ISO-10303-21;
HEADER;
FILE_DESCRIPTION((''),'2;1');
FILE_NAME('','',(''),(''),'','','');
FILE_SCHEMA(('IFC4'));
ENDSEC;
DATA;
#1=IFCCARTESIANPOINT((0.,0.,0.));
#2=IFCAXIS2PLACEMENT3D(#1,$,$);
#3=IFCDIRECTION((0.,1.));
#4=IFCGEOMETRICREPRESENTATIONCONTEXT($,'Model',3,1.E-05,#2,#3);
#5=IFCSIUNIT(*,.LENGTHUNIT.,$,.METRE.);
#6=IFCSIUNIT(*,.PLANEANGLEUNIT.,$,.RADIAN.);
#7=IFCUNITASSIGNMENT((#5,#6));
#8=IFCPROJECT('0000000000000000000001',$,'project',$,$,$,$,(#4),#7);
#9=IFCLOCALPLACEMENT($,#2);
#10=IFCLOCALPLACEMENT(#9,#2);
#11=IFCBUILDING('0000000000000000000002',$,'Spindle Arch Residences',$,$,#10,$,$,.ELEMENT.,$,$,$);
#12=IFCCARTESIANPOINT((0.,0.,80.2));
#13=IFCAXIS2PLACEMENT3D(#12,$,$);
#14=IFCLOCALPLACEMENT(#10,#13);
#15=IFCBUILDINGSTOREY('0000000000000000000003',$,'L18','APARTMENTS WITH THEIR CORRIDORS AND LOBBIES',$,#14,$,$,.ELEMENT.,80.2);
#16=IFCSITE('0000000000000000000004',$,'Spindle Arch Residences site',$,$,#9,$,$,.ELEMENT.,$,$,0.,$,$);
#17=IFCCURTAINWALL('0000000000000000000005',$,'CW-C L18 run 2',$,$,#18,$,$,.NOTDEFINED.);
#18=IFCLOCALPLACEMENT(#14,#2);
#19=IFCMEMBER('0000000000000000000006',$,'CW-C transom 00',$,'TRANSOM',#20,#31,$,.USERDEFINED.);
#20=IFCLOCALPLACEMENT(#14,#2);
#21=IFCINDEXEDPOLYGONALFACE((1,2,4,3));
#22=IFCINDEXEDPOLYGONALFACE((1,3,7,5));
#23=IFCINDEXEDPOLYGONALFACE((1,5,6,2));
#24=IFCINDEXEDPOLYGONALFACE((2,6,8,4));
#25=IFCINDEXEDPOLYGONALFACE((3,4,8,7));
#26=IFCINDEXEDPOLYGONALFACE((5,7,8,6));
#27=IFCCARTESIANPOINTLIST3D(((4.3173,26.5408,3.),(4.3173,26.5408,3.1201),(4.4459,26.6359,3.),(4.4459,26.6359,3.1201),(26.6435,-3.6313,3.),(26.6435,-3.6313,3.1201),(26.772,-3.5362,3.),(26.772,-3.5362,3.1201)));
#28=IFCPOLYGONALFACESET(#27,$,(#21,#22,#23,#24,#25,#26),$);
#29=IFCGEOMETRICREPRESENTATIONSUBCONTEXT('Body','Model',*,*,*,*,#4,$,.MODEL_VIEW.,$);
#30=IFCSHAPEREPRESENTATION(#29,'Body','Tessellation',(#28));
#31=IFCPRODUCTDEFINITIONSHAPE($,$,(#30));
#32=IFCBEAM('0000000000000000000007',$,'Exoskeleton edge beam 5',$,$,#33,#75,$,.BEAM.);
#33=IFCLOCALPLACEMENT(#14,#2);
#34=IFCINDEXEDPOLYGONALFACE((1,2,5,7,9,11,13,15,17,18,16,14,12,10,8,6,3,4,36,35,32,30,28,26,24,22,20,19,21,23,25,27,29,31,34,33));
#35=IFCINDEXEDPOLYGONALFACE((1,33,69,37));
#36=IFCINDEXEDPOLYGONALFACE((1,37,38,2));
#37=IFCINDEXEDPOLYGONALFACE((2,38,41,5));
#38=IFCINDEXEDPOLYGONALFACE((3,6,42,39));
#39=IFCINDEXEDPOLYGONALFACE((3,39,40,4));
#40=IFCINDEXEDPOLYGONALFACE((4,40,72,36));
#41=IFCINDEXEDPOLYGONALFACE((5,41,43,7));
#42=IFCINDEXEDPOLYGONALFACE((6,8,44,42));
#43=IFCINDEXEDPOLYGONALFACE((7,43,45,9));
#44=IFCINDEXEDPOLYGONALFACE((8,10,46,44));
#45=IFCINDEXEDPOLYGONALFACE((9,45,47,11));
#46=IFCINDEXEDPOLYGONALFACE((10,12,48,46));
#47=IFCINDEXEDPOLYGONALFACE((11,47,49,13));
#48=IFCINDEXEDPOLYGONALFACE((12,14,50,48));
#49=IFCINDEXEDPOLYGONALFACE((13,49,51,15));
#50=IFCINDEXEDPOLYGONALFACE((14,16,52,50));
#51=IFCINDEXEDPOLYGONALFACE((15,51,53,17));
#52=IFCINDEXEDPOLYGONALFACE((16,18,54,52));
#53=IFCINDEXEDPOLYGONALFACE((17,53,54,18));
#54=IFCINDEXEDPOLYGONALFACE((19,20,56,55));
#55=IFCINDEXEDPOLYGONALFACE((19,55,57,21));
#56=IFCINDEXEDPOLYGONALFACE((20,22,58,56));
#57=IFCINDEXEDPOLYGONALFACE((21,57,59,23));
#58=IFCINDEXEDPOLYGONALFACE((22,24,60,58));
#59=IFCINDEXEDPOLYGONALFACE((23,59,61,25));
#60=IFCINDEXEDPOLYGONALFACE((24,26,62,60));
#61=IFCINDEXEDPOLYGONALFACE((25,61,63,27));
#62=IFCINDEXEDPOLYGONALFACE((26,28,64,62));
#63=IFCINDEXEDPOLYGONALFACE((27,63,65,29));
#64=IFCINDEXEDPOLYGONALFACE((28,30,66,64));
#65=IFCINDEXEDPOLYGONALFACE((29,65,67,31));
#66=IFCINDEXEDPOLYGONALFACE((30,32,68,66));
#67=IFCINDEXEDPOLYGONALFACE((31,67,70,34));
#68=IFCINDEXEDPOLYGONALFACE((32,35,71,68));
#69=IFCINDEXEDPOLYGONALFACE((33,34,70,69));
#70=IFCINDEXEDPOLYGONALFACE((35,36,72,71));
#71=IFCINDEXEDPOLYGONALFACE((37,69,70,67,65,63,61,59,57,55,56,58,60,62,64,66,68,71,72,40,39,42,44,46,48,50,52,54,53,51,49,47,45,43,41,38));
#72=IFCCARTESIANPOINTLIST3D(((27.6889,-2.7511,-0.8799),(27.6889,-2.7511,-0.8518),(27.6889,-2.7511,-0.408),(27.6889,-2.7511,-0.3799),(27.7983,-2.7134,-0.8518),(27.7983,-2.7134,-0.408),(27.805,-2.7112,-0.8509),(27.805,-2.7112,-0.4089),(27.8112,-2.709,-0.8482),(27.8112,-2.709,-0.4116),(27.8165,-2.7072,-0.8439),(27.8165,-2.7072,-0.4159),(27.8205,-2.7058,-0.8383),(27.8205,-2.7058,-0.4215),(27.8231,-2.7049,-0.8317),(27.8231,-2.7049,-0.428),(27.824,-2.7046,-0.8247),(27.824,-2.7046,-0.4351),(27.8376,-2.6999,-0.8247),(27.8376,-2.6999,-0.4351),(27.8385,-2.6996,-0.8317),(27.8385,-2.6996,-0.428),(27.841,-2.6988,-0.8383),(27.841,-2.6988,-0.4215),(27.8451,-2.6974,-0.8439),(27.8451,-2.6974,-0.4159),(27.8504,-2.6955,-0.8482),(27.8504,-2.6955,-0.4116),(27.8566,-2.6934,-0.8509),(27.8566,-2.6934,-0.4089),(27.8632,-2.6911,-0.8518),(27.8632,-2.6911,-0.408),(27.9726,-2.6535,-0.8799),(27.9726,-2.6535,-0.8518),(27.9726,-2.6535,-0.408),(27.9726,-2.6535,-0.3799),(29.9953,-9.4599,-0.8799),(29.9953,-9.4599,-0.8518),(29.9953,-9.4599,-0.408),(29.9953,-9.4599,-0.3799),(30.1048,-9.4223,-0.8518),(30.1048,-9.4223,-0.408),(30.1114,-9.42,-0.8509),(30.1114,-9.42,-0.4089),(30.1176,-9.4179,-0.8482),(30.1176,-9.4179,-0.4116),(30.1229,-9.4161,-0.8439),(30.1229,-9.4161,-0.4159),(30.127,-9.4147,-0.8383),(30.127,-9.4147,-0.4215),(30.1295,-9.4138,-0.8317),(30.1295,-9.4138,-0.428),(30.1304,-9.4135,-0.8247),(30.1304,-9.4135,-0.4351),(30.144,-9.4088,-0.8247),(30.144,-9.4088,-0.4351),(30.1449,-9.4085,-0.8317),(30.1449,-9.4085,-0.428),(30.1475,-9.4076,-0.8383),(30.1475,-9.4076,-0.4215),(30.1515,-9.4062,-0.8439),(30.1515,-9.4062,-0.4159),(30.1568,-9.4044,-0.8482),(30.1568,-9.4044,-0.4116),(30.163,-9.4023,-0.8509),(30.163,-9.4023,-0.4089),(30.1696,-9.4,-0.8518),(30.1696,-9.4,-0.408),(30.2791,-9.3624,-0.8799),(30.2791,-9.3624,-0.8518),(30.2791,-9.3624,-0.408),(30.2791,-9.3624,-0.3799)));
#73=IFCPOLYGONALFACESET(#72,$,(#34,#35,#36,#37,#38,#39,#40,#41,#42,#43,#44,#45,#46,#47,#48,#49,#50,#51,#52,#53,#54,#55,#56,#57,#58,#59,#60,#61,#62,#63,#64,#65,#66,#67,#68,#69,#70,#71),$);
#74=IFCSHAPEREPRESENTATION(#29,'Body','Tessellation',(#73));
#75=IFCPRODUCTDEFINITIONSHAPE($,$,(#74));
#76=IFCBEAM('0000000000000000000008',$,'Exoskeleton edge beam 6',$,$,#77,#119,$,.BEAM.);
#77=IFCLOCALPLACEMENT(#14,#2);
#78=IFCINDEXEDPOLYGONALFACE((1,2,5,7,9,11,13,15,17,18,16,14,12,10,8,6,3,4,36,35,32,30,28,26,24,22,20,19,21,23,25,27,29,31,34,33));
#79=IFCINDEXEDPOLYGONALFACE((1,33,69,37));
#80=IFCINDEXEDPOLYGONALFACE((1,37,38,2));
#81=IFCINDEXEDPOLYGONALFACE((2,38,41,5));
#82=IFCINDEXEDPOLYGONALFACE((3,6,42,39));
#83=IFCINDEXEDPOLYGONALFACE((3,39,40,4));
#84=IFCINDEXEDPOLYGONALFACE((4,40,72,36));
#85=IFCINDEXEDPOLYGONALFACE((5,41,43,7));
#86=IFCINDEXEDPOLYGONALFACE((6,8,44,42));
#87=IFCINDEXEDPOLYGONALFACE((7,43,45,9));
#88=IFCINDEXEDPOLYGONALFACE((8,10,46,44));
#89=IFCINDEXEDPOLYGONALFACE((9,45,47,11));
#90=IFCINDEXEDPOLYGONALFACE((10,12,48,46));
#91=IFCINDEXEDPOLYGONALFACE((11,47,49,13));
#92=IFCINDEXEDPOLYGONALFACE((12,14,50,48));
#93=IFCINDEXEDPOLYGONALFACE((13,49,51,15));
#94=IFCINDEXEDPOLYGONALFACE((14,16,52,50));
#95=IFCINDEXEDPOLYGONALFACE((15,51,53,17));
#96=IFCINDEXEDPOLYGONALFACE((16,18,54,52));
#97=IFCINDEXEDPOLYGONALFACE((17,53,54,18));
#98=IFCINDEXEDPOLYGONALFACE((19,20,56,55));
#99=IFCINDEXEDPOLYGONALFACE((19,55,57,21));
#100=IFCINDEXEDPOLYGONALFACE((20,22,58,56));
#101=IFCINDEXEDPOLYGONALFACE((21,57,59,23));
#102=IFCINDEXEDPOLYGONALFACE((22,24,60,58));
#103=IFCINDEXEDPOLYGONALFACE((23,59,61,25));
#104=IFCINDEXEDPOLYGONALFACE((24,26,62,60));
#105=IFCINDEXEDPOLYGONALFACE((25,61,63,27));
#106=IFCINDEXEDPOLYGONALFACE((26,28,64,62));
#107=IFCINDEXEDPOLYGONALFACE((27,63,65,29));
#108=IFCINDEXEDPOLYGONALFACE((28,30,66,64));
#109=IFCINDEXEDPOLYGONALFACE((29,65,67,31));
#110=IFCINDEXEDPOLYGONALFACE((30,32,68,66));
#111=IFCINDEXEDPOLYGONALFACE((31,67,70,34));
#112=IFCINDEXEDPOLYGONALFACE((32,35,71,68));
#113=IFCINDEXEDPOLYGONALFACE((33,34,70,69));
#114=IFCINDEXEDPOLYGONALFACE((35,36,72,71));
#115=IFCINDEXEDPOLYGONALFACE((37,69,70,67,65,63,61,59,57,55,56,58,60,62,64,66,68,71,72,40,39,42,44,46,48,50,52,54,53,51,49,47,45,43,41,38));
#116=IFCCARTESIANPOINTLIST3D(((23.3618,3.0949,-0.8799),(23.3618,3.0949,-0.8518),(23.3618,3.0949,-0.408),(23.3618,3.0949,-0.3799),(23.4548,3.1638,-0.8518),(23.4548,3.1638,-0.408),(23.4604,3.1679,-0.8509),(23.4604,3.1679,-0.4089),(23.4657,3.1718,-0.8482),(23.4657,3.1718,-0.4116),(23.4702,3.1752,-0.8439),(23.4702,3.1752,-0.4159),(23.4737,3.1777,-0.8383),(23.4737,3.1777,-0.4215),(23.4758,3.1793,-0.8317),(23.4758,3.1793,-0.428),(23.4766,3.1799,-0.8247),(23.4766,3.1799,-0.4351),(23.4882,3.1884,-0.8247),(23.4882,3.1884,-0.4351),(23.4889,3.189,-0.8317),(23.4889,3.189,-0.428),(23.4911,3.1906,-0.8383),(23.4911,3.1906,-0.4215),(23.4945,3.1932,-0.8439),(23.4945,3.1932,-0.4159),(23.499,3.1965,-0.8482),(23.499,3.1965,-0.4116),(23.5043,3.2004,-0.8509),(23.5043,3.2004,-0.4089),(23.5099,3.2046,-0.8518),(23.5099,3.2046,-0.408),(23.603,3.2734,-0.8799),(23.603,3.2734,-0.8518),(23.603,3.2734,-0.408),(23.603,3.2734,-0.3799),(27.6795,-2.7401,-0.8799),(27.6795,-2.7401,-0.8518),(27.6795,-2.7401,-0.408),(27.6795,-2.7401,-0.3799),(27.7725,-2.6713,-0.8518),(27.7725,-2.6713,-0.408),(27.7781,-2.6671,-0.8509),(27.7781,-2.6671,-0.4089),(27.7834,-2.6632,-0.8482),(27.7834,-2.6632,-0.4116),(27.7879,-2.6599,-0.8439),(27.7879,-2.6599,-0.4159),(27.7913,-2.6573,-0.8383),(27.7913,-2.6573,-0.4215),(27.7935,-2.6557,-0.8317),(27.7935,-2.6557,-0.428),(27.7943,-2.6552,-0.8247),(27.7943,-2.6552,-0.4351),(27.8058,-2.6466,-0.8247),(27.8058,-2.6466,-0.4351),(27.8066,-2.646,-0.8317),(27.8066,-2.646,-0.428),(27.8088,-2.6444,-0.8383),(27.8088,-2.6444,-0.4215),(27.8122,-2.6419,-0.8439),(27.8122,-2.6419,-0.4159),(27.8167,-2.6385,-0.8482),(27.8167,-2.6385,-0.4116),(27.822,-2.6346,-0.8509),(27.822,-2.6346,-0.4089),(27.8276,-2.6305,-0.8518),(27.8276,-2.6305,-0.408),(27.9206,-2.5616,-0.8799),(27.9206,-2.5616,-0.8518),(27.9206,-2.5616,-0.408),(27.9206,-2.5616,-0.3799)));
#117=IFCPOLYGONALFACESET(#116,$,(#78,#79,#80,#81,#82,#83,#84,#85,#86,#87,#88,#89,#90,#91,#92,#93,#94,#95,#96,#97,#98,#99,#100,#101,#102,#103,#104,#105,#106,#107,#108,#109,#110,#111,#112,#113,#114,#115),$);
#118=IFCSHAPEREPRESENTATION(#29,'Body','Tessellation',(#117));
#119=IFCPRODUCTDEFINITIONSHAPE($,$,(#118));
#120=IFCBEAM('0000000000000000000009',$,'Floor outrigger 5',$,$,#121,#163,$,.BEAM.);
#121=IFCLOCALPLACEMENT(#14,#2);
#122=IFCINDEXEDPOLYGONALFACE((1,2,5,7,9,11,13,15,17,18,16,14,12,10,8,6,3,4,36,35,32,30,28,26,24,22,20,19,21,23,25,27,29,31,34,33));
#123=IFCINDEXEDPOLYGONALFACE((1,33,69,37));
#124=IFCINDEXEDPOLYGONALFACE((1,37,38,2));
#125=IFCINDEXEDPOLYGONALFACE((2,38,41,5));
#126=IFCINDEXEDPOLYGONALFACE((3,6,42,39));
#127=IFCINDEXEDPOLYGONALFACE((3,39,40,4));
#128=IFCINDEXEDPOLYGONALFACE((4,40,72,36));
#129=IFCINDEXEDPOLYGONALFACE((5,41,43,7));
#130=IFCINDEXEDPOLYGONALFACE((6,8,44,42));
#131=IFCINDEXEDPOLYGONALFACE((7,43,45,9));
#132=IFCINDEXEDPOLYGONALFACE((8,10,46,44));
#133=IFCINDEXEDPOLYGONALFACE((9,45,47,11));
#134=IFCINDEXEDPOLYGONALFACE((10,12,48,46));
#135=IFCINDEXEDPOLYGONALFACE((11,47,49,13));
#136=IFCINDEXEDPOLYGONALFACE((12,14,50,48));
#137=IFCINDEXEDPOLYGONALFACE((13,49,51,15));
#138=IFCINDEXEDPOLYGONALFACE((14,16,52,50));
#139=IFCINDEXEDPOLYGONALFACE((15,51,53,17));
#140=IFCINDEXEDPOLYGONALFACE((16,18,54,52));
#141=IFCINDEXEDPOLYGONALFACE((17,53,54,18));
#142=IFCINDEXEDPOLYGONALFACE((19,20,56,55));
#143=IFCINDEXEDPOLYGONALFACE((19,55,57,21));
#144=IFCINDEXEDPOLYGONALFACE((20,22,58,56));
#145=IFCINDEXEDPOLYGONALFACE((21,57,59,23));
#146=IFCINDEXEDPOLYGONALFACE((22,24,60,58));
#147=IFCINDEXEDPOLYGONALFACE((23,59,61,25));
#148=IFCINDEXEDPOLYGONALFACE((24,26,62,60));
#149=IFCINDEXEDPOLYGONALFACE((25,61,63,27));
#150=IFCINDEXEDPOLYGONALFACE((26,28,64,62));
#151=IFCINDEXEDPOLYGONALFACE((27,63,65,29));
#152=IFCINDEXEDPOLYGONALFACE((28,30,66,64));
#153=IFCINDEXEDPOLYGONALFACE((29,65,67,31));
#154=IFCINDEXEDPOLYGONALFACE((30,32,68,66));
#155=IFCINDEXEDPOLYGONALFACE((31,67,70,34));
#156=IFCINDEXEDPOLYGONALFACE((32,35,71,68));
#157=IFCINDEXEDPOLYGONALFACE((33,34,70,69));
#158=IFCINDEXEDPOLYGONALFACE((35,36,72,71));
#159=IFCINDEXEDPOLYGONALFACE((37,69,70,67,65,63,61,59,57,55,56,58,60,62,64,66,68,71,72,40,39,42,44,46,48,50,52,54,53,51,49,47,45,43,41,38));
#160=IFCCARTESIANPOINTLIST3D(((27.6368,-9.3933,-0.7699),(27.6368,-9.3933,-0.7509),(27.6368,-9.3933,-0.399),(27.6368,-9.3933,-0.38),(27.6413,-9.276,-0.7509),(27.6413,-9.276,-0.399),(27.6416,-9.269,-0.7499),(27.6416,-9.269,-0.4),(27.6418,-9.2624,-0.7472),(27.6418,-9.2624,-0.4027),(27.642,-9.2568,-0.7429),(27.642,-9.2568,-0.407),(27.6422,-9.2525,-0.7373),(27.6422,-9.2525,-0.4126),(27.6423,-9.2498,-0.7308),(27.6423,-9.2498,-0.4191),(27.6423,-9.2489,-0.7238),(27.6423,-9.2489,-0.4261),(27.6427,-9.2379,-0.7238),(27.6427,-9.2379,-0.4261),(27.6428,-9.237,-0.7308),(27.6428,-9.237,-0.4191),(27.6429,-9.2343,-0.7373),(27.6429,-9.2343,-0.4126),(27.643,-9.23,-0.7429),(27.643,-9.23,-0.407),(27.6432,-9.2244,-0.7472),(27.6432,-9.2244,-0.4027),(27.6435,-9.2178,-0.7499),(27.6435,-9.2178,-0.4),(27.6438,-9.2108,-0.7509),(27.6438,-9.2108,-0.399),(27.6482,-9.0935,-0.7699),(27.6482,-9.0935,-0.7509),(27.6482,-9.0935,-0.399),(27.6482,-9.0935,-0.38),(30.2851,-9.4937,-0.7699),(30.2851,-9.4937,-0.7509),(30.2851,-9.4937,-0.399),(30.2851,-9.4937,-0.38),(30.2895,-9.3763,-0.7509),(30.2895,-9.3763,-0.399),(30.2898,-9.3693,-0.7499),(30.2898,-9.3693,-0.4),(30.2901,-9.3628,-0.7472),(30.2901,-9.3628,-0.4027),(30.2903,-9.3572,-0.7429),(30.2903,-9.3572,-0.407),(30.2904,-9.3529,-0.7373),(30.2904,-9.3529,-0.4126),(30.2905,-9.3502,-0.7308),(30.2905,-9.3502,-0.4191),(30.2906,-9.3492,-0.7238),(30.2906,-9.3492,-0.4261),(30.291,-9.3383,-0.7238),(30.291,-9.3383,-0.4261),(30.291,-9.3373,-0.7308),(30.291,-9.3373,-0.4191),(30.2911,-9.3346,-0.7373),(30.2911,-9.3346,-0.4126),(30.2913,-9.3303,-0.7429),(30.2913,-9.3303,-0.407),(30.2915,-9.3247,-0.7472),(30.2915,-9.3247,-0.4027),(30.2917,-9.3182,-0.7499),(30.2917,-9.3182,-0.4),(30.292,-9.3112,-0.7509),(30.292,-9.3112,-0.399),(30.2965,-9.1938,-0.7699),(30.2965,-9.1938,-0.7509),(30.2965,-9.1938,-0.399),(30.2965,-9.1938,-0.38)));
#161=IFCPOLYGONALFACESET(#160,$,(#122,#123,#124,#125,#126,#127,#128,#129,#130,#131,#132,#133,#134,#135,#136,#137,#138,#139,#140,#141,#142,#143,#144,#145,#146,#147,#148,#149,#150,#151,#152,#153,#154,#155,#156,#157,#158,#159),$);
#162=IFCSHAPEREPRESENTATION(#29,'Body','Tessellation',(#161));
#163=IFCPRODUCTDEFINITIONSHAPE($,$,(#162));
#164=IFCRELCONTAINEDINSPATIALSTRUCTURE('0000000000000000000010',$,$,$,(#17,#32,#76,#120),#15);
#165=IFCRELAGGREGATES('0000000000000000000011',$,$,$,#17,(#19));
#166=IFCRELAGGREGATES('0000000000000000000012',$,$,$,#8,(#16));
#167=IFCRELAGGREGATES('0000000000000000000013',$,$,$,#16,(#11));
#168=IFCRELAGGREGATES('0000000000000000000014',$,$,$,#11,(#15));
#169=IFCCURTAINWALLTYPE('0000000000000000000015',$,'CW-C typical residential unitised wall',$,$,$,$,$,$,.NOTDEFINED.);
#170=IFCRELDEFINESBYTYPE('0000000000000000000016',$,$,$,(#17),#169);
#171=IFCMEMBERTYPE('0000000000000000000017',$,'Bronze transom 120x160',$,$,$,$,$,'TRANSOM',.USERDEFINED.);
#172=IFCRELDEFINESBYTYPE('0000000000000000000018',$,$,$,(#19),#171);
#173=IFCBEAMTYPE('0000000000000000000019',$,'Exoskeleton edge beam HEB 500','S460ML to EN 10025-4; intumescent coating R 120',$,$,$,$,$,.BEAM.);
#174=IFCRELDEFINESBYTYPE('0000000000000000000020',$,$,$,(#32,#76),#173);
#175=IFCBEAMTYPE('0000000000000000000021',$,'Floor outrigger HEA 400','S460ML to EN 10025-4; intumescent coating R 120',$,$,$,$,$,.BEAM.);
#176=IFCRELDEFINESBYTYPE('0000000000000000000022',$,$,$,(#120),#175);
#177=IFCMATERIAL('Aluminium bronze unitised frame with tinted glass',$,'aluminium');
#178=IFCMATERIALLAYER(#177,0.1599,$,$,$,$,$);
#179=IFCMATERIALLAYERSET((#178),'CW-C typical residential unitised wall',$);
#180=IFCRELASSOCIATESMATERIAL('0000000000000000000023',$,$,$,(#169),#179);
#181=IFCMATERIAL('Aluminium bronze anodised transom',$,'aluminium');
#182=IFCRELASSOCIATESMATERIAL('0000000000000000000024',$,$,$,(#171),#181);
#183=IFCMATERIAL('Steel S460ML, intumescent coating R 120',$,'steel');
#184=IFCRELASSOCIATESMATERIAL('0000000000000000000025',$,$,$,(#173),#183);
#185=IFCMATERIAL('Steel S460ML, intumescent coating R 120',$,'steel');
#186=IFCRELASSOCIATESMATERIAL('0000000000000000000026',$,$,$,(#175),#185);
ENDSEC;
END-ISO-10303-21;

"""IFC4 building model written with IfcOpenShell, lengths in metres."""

from ifc_helpers import new_model, si_unit, direction, frame, origin, origin_2d, place, context, subcontext, project, spatial, rectangle, i_section, extrude, material, layer, layer_set, material_profile, profile_set, type_object, element, aggregate, save


model = new_model("IFC4")

# Units and contexts
model_context = context("Model", 3, precision=1e-05, world=origin(), true_north=direction((0.0, 1.0)))
body_context = subcontext(model_context, "Body", "Model", "MODEL_VIEW")
ifc_project = project(units=[si_unit("LENGTHUNIT", "METRE"), si_unit("PLANEANGLEUNIT", "RADIAN")], contexts=[model_context])

# Site, building, storey
site_placement = place(None, origin())
site = spatial("IfcSite", under=ifc_project, at=site_placement, Name="Spindle Arch Residences site", CompositionType="ELEMENT", RefElevation=0.0)
building_placement = place(site_placement, origin())
building = spatial("IfcBuilding", under=site, at=building_placement, Name="Spindle Arch Residences", CompositionType="ELEMENT")
storey_placement = place(building_placement, frame((0.0, 0.0, 80.2)))
storey = spatial("IfcBuildingStorey", under=building, at=storey_placement, Name="L18", Description="APARTMENTS WITH THEIR CORRIDORS AND LOBBIES", CompositionType="ELEMENT", Elevation=80.2)

# Curtain wall
ifc_material_1 = material(Name="Aluminium bronze unitised frame with tinted glass", Category="aluminium")
ifc_layer_1 = layer(ifc_material_1, 0.1599)
ifc_layer_set_1 = layer_set([ifc_layer_1], Name="CW-C typical residential unitised wall")
curtain_wall_type_1 = type_object("IfcCurtainWallType", Name="CW-C typical residential unitised wall", PredefinedType="NOTDEFINED", material=ifc_layer_set_1)
curtain_wall_1_placement = place(storey_placement, origin())
curtain_wall_1 = element("IfcCurtainWall", 1, at=curtain_wall_1_placement, inside=storey, type_object=curtain_wall_type_1, Name="CW-C L18 run 2", PredefinedType="NOTDEFINED")

# Member
ifc_material_2 = material(Name="Aluminium bronze anodised transom", Category="aluminium")
ifc_material_profile_1 = material_profile(ifc_material_2, rectangle(XDim=0.1599, YDim=0.1201, at=origin_2d()), Name="TR 120x160")
ifc_profile_set_1 = profile_set([ifc_material_profile_1], Name="Aluminium bronze anodised transom")
member_type_1 = type_object("IfcMemberType", Name="Bronze transom 120x160", ElementType="TRANSOM", PredefinedType="USERDEFINED", material=ifc_profile_set_1)
member_1_placement = place(storey_placement, frame((26.7078, -3.5837, 3.0601), z_axis=(-0.594822, 0.803857, 0.0), x_axis=(-0.803857, -0.594822, 0.0)))
member_1 = element("IfcMember", 2, at=member_1_placement, type_object=member_type_1, Name="CW-C transom 00", ObjectType="TRANSOM", PredefinedType="USERDEFINED", context=body_context, shape_type="SweptSolid", body=[
    extrude(rectangle(XDim=0.1599, YDim=0.1201, at=origin_2d()), origin(), (0.0, 0.0, 1.0), 37.5342),
])

# Beams
ifc_material_3 = material(Name="Steel S460ML, intumescent coating R 120", Category="steel")
ifc_material_profile_2 = material_profile(ifc_material_3, i_section(OverallWidth=0.3, OverallDepth=0.5, WebThickness=0.0144, FlangeThickness=0.0281, FilletRadius=0.0271, at=origin_2d()), Name="HEB 500")
ifc_profile_set_2 = profile_set([ifc_material_profile_2], Name="Steel S460ML, intumescent coating R 120")
beam_type_1 = type_object("IfcBeamType", Name="Exoskeleton edge beam HEB 500", Description="S460ML to EN 10025-4; intumescent coating R 120", PredefinedType="BEAM", material=ifc_profile_set_2)
beam_1_placement = place(storey_placement, frame((30.1372, -9.4111, -0.6299), z_axis=(-0.325113, 0.945675, 0.0), x_axis=(-0.945675, -0.325113, 0.0)))
element("IfcBeam", 3, at=beam_1_placement, inside=storey, type_object=beam_type_1, Name="Exoskeleton edge beam 5", PredefinedType="BEAM", context=body_context, shape_type="SweptSolid", body=[
    extrude(i_section(OverallWidth=0.3, OverallDepth=0.5, WebThickness=0.0144, FlangeThickness=0.0281, FilletRadius=0.0271, at=origin_2d()), origin(), (0.0, 0.0, 1.0), 7.0942),
])
beam_2_placement = place(storey_placement, frame((27.8, -2.6509, -0.6299), z_axis=(-0.594821, 0.803858, 0.0), x_axis=(-0.803858, -0.594821, 0.0)))
element("IfcBeam", 4, at=beam_2_placement, inside=storey, type_object=beam_type_1, Name="Exoskeleton edge beam 6", PredefinedType="BEAM", context=body_context, shape_type="SweptSolid", body=[
    extrude(i_section(OverallWidth=0.3, OverallDepth=0.5, WebThickness=0.0144, FlangeThickness=0.0281, FilletRadius=0.0271, at=origin_2d()), origin(), (0.0, 0.0, 1.0), 7.2588),
])
ifc_material_4 = material(Name="Steel S460ML, intumescent coating R 120", Category="steel")
ifc_material_profile_3 = material_profile(ifc_material_4, i_section(OverallWidth=0.3, OverallDepth=0.3899, WebThickness=0.011, FlangeThickness=0.019, FilletRadius=0.0271, at=origin_2d()), Name="HEA 400")
ifc_profile_set_3 = profile_set([ifc_material_profile_3], Name="Steel S460ML, intumescent coating R 120")
beam_type_2 = type_object("IfcBeamType", Name="Floor outrigger HEA 400", Description="S460ML to EN 10025-4; intumescent coating R 120", PredefinedType="BEAM", material=ifc_profile_set_3)
beam_3_placement = place(storey_placement, frame((30.2908, -9.3438, -0.575), z_axis=(-0.999283, 0.037863, 0.0), x_axis=(-0.037863, -0.999283, 0.0)))
element("IfcBeam", 5, at=beam_3_placement, inside=storey, type_object=beam_type_2, Name="Floor outrigger 5", PredefinedType="BEAM", context=body_context, shape_type="SweptSolid", body=[
    extrude(i_section(OverallWidth=0.3, OverallDepth=0.3899, WebThickness=0.011, FlangeThickness=0.019, FilletRadius=0.0271, at=origin_2d()), origin(), (0.0, 0.0, 1.0), 2.6501),
])

aggregate(curtain_wall_1, [member_1])

save(model, "model.ifc")
